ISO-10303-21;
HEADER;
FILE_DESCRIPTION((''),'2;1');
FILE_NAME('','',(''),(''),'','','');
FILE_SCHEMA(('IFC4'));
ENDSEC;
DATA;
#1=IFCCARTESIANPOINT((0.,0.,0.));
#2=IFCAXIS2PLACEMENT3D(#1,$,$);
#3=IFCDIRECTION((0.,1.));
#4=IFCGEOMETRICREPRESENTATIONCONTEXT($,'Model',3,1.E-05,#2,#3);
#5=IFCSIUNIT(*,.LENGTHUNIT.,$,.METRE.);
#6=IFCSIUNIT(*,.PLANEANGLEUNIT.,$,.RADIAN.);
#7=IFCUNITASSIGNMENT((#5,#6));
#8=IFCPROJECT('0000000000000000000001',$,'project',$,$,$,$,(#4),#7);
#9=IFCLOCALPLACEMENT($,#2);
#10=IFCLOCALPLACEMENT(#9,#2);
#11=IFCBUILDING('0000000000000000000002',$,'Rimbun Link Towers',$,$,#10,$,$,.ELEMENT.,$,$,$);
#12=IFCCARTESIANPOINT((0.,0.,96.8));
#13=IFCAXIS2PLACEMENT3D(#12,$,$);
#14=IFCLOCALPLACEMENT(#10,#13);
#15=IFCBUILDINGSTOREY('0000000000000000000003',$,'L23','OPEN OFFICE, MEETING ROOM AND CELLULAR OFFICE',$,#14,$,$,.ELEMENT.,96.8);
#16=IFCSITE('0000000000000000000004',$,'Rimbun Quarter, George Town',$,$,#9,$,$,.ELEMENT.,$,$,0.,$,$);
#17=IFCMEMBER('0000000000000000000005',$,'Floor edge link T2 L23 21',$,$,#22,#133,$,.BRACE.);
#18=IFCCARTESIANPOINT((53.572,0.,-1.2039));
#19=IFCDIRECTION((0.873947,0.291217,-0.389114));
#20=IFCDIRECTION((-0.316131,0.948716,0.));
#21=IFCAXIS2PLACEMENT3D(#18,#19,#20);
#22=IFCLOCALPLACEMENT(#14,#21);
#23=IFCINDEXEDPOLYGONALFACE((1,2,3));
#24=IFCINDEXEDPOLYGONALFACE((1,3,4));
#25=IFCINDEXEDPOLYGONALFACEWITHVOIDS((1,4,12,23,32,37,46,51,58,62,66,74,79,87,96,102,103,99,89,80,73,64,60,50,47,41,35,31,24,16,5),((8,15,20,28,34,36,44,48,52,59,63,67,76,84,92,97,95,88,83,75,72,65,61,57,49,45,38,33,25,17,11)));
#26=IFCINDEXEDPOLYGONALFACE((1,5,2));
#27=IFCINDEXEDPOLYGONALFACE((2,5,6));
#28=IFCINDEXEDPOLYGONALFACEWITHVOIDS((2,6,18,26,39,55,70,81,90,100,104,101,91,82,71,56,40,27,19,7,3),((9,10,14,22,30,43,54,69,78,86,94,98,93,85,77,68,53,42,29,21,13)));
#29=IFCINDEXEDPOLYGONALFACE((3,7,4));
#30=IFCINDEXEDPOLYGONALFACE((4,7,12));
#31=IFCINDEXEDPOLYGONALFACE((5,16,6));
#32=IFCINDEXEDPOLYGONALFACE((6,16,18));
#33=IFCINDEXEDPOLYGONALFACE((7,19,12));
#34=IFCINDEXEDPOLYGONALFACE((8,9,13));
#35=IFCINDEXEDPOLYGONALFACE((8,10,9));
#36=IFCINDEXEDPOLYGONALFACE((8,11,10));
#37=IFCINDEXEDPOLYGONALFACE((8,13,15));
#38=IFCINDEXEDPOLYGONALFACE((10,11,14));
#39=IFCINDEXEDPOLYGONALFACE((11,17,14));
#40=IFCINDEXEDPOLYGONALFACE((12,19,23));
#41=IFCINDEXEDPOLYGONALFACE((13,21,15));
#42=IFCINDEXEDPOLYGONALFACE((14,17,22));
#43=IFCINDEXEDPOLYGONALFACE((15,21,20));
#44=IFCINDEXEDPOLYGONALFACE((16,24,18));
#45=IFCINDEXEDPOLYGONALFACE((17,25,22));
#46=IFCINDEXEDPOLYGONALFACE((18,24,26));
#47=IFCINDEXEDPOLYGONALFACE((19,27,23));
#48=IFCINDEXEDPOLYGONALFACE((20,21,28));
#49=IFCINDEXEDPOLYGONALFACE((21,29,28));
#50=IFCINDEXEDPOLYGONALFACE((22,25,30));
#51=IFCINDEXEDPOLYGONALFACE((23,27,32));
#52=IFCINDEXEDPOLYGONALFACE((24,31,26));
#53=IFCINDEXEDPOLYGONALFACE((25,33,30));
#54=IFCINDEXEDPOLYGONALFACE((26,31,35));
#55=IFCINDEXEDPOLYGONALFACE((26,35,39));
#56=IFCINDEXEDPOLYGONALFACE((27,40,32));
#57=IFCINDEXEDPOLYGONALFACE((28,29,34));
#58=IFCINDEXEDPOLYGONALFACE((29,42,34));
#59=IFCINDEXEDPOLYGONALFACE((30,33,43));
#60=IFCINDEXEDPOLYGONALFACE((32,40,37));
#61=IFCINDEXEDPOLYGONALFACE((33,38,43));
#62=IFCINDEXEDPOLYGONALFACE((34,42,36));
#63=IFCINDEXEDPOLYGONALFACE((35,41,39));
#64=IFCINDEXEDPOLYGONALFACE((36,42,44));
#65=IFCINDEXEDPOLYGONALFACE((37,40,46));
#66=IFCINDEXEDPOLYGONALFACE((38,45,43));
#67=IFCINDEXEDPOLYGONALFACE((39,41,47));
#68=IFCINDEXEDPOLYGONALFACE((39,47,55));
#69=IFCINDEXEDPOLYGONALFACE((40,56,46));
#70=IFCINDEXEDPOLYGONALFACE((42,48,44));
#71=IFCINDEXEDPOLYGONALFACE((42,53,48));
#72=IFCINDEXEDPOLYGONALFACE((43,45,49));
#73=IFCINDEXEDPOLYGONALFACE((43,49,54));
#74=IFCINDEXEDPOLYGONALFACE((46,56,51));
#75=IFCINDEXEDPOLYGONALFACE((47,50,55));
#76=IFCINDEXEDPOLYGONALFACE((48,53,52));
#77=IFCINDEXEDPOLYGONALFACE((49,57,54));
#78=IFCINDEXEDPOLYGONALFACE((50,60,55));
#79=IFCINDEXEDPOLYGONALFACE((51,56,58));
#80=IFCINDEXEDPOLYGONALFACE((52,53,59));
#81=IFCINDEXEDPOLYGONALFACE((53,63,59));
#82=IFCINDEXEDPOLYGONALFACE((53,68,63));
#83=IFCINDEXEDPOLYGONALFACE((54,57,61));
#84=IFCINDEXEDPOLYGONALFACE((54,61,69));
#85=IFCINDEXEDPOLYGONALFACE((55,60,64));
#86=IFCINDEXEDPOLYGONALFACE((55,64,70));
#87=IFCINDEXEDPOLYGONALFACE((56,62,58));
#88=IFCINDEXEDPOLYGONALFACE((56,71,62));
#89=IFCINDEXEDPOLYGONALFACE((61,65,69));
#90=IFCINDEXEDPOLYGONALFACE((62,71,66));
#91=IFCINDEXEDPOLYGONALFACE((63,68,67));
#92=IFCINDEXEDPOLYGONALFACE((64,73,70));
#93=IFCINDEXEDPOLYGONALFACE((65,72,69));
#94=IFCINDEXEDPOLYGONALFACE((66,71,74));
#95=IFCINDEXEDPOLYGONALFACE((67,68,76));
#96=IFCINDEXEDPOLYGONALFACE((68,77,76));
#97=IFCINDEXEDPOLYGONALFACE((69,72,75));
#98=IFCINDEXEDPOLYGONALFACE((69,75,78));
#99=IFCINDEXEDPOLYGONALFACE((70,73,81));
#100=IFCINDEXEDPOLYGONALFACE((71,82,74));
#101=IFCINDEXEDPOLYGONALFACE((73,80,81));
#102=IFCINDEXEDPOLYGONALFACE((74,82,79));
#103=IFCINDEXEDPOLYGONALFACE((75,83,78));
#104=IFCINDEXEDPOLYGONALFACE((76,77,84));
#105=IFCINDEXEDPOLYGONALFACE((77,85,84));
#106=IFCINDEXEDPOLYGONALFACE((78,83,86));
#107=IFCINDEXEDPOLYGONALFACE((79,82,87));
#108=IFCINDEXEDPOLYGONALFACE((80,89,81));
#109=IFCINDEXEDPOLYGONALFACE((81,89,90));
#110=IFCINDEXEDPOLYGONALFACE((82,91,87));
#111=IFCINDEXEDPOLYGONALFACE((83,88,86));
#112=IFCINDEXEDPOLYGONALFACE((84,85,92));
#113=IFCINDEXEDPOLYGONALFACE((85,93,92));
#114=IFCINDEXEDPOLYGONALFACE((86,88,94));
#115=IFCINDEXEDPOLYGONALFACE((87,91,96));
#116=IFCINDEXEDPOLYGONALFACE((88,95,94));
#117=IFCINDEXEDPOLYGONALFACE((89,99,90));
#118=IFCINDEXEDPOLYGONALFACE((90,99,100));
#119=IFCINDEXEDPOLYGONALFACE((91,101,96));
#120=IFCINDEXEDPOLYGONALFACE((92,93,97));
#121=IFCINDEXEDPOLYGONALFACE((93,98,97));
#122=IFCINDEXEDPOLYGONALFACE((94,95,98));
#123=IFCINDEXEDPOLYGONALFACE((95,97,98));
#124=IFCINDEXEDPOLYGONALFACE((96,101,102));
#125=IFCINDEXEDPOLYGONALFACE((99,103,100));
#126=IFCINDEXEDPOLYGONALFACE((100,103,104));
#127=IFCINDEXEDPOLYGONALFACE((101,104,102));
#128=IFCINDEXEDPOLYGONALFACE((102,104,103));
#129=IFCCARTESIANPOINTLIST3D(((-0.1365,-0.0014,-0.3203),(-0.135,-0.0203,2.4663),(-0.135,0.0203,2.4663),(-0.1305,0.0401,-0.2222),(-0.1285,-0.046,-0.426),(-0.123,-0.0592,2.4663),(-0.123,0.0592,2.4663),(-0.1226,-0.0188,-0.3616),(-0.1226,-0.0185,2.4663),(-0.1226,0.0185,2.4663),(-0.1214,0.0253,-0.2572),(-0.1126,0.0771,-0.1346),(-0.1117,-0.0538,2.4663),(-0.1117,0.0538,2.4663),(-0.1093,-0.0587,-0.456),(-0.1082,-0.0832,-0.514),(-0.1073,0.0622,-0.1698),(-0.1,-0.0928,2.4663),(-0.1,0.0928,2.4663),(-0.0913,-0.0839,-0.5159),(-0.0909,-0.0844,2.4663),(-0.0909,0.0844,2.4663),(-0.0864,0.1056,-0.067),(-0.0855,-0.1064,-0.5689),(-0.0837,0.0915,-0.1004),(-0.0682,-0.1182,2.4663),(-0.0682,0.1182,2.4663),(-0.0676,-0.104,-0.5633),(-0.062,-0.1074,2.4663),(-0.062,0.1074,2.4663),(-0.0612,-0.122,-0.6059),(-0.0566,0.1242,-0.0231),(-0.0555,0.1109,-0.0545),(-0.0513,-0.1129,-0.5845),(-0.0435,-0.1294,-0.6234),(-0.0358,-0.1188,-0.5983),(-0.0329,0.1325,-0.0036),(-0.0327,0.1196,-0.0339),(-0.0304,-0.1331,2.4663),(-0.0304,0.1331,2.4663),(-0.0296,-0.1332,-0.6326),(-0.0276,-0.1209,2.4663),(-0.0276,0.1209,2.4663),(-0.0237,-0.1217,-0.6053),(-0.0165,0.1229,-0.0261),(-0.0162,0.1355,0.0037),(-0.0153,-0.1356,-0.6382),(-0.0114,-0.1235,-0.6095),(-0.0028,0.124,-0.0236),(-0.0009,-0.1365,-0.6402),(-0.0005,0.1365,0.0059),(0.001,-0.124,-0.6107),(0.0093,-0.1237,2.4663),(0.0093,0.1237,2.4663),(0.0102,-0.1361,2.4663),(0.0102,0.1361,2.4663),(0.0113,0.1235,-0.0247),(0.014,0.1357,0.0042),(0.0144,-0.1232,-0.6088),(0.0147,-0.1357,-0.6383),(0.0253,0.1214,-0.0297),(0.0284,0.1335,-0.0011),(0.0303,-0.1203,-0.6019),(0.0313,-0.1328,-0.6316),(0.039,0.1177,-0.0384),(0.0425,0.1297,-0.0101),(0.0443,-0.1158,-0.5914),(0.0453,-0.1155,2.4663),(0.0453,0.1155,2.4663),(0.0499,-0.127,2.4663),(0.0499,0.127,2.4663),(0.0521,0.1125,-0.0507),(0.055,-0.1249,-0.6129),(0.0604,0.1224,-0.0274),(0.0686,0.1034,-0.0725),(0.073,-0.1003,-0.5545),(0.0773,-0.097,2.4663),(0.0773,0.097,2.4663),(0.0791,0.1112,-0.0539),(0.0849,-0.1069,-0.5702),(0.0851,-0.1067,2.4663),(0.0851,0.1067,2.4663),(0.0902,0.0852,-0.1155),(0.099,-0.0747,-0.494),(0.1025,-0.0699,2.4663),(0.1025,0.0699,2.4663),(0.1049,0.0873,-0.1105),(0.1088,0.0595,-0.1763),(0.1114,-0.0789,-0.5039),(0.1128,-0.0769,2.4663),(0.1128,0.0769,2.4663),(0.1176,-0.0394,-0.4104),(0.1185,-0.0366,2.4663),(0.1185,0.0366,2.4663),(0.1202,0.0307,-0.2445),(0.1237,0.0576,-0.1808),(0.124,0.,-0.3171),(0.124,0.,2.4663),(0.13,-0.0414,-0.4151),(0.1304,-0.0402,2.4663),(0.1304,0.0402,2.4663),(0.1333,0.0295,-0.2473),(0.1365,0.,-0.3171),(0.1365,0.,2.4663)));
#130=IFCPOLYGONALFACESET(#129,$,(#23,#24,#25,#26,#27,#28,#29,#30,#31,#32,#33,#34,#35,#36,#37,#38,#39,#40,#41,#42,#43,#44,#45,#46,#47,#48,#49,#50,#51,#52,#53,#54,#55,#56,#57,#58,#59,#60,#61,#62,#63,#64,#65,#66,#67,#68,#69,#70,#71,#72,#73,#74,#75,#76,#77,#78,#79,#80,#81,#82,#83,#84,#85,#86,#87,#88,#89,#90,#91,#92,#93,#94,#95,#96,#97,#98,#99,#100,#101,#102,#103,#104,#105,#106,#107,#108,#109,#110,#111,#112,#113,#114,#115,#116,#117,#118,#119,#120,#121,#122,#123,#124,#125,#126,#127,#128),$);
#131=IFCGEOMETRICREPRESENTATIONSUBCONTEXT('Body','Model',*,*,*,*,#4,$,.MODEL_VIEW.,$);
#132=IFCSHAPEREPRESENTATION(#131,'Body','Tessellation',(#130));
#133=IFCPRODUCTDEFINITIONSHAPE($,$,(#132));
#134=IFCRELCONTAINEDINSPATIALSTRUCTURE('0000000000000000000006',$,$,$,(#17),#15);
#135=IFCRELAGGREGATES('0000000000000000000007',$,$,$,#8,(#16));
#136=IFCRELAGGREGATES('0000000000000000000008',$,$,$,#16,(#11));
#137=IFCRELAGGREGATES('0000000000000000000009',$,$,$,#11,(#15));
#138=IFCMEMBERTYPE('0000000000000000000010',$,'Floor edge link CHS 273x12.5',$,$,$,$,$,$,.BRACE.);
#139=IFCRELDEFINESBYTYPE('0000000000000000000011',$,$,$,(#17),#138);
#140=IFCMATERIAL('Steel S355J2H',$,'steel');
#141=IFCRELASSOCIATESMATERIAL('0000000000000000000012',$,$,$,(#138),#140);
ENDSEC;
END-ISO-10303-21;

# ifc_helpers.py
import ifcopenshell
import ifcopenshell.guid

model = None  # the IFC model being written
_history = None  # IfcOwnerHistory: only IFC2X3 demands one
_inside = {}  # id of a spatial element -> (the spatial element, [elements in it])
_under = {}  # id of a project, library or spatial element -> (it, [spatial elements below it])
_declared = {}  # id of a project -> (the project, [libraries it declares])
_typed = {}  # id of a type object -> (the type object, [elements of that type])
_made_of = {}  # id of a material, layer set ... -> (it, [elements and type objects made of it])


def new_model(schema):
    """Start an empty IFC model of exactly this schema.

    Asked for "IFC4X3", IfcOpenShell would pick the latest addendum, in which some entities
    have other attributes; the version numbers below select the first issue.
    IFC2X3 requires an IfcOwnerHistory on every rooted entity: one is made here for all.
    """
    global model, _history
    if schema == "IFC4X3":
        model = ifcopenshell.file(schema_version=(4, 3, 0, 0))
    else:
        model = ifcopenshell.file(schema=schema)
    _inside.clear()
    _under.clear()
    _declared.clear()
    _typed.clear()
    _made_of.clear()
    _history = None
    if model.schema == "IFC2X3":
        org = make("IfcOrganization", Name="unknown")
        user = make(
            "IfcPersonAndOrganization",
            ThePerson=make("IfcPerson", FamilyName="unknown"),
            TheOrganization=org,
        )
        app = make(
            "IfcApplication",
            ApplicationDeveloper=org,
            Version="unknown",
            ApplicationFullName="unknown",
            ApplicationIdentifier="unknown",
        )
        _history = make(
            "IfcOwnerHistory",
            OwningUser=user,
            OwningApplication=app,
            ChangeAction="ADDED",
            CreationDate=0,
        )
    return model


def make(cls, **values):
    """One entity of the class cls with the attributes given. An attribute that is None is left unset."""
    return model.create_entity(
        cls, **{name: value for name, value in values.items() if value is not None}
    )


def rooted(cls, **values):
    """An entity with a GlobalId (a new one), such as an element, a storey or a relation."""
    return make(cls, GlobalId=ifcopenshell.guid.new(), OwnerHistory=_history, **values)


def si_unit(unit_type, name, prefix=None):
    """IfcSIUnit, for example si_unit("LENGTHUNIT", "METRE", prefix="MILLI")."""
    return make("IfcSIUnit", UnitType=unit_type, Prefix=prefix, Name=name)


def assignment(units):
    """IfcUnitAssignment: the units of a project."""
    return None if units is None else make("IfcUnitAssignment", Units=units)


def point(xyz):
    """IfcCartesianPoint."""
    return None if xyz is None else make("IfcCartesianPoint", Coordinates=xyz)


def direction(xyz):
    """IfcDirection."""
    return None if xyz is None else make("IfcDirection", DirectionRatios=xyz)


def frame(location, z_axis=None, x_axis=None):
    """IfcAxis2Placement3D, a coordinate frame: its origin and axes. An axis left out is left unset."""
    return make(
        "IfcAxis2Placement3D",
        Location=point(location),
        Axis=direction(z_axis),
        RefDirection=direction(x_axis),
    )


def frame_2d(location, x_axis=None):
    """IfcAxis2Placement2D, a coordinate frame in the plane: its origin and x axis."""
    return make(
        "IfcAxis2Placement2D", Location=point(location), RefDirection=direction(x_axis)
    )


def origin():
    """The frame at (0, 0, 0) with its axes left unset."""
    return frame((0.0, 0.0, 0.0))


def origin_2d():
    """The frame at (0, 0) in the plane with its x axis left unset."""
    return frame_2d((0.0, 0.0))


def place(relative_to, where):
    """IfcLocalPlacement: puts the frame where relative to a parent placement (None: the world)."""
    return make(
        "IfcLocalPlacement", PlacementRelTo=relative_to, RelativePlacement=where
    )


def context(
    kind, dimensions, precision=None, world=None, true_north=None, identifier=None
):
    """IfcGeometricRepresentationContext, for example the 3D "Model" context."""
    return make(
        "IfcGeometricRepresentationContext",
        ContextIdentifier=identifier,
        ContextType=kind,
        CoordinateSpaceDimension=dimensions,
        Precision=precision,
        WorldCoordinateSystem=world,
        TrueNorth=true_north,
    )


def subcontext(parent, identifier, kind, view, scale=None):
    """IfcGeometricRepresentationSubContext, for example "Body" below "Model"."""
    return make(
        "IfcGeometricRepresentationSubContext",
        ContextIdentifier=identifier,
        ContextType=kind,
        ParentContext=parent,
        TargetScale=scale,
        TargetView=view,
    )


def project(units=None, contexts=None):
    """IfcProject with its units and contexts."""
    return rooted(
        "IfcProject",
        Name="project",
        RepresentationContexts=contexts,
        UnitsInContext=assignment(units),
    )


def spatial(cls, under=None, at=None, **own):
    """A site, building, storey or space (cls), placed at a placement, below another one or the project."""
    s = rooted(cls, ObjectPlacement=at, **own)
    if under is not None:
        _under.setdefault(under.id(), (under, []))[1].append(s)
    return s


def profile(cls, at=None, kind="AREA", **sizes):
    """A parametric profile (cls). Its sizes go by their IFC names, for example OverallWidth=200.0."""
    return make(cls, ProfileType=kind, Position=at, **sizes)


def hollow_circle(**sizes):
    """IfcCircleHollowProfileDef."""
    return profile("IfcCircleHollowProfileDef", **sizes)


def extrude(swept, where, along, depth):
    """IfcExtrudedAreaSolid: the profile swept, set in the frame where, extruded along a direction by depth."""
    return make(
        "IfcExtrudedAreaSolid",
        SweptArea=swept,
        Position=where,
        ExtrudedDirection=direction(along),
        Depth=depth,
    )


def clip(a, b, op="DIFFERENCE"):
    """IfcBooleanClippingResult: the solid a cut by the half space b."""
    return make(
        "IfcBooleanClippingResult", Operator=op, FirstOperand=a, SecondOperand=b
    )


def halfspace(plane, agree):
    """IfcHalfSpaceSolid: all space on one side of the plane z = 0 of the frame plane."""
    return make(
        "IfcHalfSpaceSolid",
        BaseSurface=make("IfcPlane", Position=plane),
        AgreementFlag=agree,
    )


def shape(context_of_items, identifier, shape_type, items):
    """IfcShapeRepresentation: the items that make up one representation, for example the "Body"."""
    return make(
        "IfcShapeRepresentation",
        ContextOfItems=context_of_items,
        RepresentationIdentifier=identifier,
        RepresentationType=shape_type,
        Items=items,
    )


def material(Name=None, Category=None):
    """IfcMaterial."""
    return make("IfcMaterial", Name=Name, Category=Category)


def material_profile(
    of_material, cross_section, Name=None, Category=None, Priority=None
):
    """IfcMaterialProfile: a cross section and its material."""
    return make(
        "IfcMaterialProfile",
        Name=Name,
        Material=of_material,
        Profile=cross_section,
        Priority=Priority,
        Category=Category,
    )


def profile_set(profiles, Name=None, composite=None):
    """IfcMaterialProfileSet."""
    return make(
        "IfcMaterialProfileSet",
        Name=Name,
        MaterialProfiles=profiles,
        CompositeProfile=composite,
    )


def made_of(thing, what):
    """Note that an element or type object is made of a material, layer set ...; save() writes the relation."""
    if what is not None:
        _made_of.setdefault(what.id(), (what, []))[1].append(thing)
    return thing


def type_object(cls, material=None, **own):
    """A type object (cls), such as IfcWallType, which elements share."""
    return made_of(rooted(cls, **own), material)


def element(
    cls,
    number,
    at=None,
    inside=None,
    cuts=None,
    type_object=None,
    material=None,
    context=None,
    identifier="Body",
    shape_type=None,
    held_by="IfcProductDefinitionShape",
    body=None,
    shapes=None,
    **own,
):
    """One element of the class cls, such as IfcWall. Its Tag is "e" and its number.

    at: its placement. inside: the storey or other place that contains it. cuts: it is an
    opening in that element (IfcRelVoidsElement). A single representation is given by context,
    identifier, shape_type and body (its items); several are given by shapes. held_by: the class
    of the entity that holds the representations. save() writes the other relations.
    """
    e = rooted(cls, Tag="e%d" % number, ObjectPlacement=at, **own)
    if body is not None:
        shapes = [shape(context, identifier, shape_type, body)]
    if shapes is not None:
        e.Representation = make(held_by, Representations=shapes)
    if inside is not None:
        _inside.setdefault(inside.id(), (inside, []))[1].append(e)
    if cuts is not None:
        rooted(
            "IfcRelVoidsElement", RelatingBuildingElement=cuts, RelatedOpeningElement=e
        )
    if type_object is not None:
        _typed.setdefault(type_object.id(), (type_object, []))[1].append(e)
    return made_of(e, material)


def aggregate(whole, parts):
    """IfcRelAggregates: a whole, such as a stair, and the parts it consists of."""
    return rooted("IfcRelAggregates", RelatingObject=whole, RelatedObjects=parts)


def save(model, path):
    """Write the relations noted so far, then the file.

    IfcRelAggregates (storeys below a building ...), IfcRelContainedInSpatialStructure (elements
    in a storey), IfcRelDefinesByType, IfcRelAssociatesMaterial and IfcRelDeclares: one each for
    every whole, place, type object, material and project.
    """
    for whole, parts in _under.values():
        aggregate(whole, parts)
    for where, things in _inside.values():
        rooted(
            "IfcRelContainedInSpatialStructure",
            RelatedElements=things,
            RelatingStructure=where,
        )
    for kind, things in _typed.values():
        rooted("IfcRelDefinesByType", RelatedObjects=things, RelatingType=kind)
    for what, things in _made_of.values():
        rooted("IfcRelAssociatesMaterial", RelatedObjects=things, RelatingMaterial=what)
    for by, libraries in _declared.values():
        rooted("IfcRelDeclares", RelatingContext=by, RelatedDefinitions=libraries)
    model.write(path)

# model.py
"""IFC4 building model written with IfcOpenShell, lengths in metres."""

from ifc_helpers import new_model, si_unit, direction, frame, origin, origin_2d, place, context, subcontext, project, spatial, hollow_circle, extrude, clip, halfspace, material, material_profile, profile_set, type_object, element, save


model = new_model("IFC4")

# Units and contexts
model_context = context("Model", 3, precision=1e-05, world=origin(), true_north=direction((0.0, 1.0)))
body_context = subcontext(model_context, "Body", "Model", "MODEL_VIEW")
ifc_project = project(units=[si_unit("LENGTHUNIT", "METRE"), si_unit("PLANEANGLEUNIT", "RADIAN")], contexts=[model_context])

# Site, building, storey
site_placement = place(None, origin())
site = spatial("IfcSite", under=ifc_project, at=site_placement, Name="Rimbun Quarter, George Town", CompositionType="ELEMENT", RefElevation=0.0)
building_placement = place(site_placement, origin())
building = spatial("IfcBuilding", under=site, at=building_placement, Name="Rimbun Link Towers", CompositionType="ELEMENT")
storey_placement = place(building_placement, frame((0.0, 0.0, 96.8)))
storey = spatial("IfcBuildingStorey", under=building, at=storey_placement, Name="L23", Description="OPEN OFFICE, MEETING ROOM AND CELLULAR OFFICE", CompositionType="ELEMENT", Elevation=96.8)

# Member
ifc_material_1 = material(Name="Steel S355J2H", Category="steel")
ifc_material_profile_1 = material_profile(ifc_material_1, hollow_circle(Radius=0.1365, WallThickness=0.0125, at=origin_2d()), Name="CHS 273x12.5")
ifc_profile_set_1 = profile_set([ifc_material_profile_1], Name="Steel S355J2H")
member_type = type_object("IfcMemberType", Name="Floor edge link CHS 273x12.5", PredefinedType="BRACE", material=ifc_profile_set_1)
member_placement = place(storey_placement, frame((53.572, 0.0, -1.2039), z_axis=(0.873947, 0.291217, -0.389114), x_axis=(-0.316131, 0.948716, 0.0)))
element("IfcMember", 1, at=member_placement, inside=storey, type_object=member_type, Name="Floor edge link T2 L23 21", PredefinedType="BRACE", context=body_context, shape_type="Clipping", body=[
    clip(extrude(hollow_circle(Radius=0.1365, WallThickness=0.0125, at=origin_2d()), frame((0.0, 0.0, -0.6721)), (0.0, 0.0, 1.0), 3.1384), halfspace(frame((0.0, 0.0, -0.3171), z_axis=(0.0, 0.92119, -0.389114)), False)),
])

save(model, "model.ifc")
